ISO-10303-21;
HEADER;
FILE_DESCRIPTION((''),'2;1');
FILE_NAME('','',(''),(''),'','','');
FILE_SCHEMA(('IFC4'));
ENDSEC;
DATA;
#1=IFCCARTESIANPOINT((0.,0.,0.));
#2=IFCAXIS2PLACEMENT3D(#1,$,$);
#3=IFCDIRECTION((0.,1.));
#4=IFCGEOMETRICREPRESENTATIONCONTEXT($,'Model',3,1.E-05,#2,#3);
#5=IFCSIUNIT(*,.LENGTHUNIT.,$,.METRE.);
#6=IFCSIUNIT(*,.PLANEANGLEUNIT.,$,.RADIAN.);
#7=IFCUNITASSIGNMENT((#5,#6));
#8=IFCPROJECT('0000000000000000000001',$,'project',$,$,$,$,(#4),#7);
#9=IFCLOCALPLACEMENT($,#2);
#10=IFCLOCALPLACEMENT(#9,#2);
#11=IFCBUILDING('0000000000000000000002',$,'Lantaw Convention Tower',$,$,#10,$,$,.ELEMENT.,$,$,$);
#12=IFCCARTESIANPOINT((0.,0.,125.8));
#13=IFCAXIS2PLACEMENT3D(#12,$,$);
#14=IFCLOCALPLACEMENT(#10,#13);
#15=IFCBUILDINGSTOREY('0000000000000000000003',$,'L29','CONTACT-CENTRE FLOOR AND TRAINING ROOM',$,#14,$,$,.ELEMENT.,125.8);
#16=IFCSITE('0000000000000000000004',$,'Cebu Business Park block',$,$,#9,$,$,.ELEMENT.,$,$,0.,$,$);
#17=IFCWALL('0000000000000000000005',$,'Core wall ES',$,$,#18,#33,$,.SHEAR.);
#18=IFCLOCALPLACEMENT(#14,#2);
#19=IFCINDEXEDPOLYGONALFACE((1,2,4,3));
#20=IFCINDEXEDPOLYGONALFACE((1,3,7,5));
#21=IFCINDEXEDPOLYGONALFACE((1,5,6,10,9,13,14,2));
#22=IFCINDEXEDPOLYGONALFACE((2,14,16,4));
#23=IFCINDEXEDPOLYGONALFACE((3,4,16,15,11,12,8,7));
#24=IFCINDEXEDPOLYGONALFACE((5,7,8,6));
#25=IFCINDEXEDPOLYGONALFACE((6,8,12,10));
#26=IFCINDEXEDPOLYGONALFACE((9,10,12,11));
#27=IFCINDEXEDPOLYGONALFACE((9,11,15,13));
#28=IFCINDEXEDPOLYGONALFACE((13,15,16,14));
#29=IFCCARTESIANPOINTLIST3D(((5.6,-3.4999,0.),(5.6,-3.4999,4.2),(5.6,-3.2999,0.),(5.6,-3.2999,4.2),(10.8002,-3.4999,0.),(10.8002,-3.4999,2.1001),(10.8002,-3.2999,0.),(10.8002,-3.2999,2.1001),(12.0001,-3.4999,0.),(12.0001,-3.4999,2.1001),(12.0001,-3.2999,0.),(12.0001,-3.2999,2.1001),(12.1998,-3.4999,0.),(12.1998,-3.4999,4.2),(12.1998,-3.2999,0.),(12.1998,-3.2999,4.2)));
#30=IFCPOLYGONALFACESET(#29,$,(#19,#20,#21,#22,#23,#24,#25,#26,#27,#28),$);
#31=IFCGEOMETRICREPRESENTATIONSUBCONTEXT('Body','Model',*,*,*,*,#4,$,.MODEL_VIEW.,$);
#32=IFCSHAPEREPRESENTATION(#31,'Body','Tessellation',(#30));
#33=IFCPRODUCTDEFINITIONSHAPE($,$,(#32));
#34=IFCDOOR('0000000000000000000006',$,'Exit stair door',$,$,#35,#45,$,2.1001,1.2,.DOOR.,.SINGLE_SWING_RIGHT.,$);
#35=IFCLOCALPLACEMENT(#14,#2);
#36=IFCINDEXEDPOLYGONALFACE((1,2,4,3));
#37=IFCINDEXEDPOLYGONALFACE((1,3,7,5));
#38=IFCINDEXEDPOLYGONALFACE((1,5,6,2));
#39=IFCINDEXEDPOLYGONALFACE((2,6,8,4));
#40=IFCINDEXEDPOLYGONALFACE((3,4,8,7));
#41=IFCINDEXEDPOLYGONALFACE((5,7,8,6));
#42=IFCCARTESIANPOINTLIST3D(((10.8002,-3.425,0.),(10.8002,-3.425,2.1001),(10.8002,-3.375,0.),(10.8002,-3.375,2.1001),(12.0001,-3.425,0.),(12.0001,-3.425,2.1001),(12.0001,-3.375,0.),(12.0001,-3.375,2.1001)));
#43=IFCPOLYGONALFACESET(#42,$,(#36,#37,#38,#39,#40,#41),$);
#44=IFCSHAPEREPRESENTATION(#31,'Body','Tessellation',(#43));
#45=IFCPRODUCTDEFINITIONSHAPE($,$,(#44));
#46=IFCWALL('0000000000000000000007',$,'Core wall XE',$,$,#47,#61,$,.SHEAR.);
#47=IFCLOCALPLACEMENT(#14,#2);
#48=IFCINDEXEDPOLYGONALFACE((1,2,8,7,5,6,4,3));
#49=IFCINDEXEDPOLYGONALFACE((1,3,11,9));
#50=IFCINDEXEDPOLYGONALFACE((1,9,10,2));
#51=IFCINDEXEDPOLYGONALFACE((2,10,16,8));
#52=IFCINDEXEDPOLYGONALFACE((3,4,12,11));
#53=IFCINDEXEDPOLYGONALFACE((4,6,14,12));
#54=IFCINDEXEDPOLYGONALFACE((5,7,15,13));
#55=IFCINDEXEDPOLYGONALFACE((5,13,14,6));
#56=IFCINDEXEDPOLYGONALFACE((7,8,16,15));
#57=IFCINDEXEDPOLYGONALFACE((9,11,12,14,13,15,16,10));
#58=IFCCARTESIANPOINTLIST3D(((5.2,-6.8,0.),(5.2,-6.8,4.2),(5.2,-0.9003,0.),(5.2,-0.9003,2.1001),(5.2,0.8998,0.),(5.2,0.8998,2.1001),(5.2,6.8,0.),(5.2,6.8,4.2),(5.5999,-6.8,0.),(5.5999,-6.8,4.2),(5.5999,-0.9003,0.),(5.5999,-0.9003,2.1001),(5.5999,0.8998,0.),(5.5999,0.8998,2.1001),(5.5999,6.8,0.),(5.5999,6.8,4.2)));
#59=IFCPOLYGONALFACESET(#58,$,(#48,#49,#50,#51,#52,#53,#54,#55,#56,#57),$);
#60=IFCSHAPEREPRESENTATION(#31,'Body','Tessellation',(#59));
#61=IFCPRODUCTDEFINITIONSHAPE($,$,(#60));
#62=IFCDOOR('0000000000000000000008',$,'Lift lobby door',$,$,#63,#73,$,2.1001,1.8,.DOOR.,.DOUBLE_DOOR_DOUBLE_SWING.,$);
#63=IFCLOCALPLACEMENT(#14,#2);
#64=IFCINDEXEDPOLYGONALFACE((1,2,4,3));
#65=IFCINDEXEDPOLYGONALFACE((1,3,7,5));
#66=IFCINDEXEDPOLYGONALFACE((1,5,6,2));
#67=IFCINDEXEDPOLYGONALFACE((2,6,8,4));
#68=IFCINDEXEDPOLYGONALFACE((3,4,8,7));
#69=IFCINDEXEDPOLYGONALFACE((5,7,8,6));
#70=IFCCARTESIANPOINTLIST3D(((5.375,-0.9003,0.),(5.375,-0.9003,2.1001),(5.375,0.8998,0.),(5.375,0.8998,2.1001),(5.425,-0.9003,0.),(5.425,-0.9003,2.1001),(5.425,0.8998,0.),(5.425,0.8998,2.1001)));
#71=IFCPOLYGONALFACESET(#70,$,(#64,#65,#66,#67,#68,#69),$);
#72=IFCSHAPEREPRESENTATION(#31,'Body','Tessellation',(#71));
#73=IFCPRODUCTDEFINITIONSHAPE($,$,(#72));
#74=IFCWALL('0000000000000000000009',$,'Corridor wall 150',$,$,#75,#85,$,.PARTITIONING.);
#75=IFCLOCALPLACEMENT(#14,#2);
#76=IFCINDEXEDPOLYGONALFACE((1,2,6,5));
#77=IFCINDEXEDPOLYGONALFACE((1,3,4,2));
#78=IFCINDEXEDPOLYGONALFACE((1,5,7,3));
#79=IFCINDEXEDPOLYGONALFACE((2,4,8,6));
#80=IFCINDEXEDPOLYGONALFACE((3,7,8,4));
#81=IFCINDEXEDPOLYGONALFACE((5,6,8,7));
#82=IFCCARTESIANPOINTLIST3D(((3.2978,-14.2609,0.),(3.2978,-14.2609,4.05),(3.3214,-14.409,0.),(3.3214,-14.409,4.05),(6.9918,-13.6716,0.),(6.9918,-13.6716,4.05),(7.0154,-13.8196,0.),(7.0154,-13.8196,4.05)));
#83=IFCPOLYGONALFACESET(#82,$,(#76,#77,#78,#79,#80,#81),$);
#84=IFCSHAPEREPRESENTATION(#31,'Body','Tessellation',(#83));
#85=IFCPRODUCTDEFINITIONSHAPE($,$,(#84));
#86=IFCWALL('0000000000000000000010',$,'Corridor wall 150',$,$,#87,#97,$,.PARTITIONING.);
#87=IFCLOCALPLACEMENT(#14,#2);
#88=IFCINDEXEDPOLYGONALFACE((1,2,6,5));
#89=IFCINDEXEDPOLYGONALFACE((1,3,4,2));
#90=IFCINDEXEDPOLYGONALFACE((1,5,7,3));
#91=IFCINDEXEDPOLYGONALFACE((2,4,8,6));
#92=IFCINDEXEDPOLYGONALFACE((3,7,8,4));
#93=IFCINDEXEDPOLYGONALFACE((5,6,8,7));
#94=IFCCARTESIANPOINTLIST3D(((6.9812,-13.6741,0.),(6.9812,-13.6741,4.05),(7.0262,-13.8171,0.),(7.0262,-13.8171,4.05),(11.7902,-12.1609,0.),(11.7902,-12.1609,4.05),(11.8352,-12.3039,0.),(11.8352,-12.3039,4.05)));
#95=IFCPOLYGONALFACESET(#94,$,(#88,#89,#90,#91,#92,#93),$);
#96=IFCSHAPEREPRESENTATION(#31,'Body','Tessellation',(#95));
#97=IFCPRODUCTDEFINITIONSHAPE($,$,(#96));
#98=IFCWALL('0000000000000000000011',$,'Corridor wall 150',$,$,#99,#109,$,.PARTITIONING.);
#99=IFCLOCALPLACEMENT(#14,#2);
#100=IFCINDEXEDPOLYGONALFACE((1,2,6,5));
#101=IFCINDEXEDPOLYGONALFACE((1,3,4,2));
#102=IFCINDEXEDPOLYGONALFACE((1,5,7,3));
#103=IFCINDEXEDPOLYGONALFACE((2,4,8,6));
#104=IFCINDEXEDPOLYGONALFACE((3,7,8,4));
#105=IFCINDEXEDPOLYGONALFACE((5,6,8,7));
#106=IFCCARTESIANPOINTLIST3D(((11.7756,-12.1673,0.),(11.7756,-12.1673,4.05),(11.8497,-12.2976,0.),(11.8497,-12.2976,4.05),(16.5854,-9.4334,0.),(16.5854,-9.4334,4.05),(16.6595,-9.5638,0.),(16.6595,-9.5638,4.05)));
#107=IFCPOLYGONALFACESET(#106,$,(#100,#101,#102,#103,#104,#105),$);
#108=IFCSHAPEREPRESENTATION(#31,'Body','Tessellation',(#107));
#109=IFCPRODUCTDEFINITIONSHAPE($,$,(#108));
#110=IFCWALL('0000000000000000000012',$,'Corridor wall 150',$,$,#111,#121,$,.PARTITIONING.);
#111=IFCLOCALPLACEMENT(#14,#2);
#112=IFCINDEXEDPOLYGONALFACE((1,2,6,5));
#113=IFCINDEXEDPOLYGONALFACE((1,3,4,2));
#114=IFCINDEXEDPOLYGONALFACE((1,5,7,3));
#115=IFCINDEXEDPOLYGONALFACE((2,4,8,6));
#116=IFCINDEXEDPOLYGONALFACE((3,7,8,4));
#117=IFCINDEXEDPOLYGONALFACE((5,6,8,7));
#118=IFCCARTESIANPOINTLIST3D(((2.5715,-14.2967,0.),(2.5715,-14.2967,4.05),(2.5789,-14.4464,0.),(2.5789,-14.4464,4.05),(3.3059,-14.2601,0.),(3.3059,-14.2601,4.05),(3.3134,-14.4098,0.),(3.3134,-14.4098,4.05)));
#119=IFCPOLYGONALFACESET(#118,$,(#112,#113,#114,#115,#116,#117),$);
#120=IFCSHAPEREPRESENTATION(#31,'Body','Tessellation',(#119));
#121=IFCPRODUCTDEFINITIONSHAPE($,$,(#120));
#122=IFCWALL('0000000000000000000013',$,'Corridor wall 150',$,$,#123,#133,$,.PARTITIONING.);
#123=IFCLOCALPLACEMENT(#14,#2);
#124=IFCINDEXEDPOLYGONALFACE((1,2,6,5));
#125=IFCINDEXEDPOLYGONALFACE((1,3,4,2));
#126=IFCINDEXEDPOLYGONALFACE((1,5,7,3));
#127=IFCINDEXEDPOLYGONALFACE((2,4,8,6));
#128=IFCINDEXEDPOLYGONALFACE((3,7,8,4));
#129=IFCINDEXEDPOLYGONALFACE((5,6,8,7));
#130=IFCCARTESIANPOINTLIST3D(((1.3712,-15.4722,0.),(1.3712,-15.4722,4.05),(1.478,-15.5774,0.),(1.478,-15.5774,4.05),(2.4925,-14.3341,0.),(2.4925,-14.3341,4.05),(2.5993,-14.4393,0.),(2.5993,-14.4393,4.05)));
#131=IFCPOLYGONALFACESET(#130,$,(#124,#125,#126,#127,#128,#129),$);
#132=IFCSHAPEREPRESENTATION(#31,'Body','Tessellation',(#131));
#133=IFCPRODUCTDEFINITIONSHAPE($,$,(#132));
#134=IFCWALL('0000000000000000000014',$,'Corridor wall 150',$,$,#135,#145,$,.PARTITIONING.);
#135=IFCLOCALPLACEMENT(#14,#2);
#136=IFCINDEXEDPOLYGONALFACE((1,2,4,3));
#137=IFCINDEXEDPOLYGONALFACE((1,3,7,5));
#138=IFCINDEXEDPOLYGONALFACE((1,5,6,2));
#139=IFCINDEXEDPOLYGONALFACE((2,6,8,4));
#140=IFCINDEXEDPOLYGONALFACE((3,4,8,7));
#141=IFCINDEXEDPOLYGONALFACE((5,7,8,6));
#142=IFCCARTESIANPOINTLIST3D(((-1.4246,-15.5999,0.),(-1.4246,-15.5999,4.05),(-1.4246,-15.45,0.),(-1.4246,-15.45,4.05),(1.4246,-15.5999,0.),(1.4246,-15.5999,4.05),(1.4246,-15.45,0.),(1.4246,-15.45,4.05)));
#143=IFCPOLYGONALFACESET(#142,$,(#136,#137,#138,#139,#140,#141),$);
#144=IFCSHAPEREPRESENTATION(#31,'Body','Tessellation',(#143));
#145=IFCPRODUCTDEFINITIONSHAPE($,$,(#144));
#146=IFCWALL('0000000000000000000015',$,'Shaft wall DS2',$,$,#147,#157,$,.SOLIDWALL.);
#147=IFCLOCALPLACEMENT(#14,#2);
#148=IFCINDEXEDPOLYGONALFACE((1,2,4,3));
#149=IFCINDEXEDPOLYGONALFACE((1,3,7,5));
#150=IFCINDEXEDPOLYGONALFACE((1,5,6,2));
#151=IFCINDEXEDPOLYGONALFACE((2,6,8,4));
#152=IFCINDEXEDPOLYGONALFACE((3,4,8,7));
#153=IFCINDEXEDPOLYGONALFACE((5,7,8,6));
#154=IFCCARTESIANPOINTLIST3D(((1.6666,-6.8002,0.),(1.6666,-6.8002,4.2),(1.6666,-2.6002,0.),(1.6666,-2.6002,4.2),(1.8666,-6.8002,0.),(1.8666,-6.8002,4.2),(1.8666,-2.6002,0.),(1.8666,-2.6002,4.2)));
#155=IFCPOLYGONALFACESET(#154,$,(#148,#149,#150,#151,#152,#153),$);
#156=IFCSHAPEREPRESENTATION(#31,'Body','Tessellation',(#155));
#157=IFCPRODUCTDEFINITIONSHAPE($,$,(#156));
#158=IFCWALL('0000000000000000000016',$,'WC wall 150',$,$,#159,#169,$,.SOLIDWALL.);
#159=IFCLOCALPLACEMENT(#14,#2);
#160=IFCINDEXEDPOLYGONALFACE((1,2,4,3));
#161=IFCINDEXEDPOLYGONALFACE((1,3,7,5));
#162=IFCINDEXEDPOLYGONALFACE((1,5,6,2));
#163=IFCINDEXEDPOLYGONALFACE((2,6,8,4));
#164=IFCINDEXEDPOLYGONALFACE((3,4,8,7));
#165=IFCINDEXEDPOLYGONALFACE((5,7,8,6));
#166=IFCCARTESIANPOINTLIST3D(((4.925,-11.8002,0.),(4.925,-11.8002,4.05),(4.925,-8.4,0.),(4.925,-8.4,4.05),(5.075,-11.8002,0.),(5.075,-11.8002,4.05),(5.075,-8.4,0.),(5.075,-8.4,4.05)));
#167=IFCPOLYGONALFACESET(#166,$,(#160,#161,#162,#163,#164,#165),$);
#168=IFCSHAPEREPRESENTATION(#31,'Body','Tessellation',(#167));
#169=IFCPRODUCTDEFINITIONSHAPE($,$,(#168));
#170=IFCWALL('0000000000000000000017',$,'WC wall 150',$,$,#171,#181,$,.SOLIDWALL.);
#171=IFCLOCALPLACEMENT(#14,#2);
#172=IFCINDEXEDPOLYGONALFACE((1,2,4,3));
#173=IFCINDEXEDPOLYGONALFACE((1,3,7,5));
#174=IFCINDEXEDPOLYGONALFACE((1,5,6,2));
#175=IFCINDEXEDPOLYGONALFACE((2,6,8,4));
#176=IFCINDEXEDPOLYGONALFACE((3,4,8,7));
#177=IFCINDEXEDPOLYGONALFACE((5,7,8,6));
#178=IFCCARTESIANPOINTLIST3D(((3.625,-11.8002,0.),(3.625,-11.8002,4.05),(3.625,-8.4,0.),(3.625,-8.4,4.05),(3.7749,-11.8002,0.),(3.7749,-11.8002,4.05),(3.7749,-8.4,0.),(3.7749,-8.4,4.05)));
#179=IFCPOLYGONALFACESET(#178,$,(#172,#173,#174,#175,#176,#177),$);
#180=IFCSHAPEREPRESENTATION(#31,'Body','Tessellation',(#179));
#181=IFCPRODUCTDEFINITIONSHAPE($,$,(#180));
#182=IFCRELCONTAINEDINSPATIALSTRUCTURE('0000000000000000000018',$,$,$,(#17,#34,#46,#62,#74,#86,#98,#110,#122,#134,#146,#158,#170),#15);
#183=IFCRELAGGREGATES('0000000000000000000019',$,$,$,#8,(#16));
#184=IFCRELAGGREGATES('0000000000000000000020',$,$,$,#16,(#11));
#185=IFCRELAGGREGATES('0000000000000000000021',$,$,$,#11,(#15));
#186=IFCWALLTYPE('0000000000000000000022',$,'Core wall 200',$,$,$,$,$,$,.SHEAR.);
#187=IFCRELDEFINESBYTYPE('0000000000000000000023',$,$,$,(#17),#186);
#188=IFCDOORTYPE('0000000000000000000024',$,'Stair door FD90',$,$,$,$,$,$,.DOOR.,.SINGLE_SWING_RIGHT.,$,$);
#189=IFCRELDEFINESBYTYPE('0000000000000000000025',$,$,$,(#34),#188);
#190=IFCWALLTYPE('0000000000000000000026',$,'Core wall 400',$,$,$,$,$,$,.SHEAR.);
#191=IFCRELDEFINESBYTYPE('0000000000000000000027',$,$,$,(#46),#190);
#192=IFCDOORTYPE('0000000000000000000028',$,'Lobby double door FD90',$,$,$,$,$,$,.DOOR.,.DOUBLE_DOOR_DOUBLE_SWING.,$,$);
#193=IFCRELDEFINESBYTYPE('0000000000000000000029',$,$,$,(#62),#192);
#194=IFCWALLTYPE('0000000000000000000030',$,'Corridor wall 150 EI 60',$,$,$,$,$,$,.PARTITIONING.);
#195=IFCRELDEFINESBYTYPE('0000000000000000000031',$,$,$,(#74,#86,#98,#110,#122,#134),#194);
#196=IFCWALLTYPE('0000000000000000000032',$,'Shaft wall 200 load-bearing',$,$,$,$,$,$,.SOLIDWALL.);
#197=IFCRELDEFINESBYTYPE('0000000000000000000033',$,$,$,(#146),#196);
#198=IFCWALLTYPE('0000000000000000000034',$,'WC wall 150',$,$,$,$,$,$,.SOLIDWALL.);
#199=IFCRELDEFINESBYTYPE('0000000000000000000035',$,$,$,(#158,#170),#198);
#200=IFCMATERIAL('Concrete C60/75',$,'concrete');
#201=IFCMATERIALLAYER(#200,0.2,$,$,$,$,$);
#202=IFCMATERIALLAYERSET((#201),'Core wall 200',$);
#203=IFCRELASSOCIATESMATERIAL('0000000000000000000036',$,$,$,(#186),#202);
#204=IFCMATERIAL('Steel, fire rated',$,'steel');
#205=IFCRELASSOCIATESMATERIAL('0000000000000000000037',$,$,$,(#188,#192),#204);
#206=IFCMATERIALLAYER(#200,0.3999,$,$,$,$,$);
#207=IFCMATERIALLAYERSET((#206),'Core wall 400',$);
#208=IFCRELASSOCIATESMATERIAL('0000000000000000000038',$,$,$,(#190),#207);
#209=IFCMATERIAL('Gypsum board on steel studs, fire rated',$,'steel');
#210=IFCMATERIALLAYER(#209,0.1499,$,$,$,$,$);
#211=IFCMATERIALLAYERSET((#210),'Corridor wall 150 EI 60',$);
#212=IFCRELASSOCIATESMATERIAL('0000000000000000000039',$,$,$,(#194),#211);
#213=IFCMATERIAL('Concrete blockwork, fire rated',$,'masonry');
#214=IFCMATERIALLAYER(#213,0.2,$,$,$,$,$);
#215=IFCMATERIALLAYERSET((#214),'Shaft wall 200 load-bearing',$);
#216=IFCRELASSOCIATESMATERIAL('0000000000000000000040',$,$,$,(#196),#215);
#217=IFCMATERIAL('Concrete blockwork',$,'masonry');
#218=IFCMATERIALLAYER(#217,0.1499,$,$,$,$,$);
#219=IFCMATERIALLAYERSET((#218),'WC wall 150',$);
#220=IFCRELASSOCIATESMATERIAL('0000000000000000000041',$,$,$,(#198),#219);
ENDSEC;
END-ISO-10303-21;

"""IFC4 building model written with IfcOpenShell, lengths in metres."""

from ifc_helpers import new_model, si_unit, direction, frame, frame_2d, origin, place, context, subcontext, project, spatial, rectangle, extrude, material, layer, layer_set, type_object, element, fill, save


model = new_model("IFC4")

# Units and contexts
model_context = context("Model", 3, precision=1e-05, world=origin(), true_north=direction((0.0, 1.0)))
body_context = subcontext(model_context, "Body", "Model", "MODEL_VIEW")
ifc_project = project(units=[si_unit("LENGTHUNIT", "METRE"), si_unit("PLANEANGLEUNIT", "RADIAN")], contexts=[model_context])

# Site, building, storey
site_placement = place(None, origin())
site = spatial("IfcSite", under=ifc_project, at=site_placement, Name="Cebu Business Park block", CompositionType="ELEMENT", RefElevation=0.0)
building_placement = place(site_placement, origin())
building = spatial("IfcBuilding", under=site, at=building_placement, Name="Lantaw Convention Tower", CompositionType="ELEMENT")
storey_placement = place(building_placement, frame((0.0, 0.0, 125.8)))
storey = spatial("IfcBuildingStorey", under=building, at=storey_placement, Name="L29", Description="CONTACT-CENTRE FLOOR AND TRAINING ROOM", CompositionType="ELEMENT", Elevation=125.8)

# Walls, openings, doors
ifc_material_1 = material(Name="Concrete C60/75", Category="concrete")
ifc_layer_1 = layer(ifc_material_1, 0.2)
ifc_layer_set_1 = layer_set([ifc_layer_1], Name="Core wall 200")
wall_type_1 = type_object("IfcWallType", Name="Core wall 200", PredefinedType="SHEAR", material=ifc_layer_set_1)
wall_1_placement = place(storey_placement, frame((5.6001, -3.3999, 0.0), z_axis=(0.0, 0.0, 1.0), x_axis=(1.0, 0.0, 0.0)))
wall_1 = element("IfcWall", 1, at=wall_1_placement, inside=storey, type_object=wall_type_1, Name="Core wall ES", PredefinedType="SHEAR", context=body_context, shape_type="SweptSolid", body=[
    extrude(rectangle(XDim=6.5999, YDim=0.2, at=frame_2d((3.2998, 0.0))), origin(), (0.0, 0.0, 1.0), 4.2),
])
opening_1_placement = place(wall_1_placement, frame((5.2, 0.0, 0.0)))
opening_1 = element("IfcOpeningElement", 2, at=opening_1_placement, cuts=wall_1, PredefinedType="OPENING", context=body_context, shape_type="SweptSolid", body=[
    extrude(rectangle(XDim=1.2, YDim=2.1001, at=frame_2d((0.6001, 1.05))), frame((0.0, 0.1099, 0.0), z_axis=(0.0, -1.0, 0.0), x_axis=(1.0, 0.0, 0.0)), (0.0, 0.0, 1.0), 0.22),
])
ifc_material_2 = material(Name="Steel, fire rated", Category="steel")
door_type_1 = type_object("IfcDoorType", Name="Stair door FD90", OperationType="SINGLE_SWING_RIGHT", PredefinedType="DOOR", material=ifc_material_2)
door_1_placement = place(opening_1_placement, origin())
door_1 = element("IfcDoor", 3, at=door_1_placement, inside=storey, type_object=door_type_1, Name="Exit stair door", OperationType="SINGLE_SWING_RIGHT", OverallHeight=2.1001, OverallWidth=1.2, PredefinedType="DOOR", context=body_context, shape_type="SweptSolid", body=[
    extrude(rectangle(XDim=1.2, YDim=2.1001, at=frame_2d((0.6001, 1.05))), frame((0.0, 0.0249, 0.0), z_axis=(0.0, -1.0, 0.0), x_axis=(1.0, 0.0, 0.0)), (0.0, 0.0, 1.0), 0.05),
])
fill(opening_1, door_1)
ifc_layer_2 = layer(ifc_material_1, 0.3999)
ifc_layer_set_2 = layer_set([ifc_layer_2], Name="Core wall 400")
wall_type_2 = type_object("IfcWallType", Name="Core wall 400", PredefinedType="SHEAR", material=ifc_layer_set_2)
wall_2_placement = place(storey_placement, frame((5.3999, -6.8, 0.0), z_axis=(0.0, 0.0, 1.0), x_axis=(0.0, 1.0, 0.0)))
wall_2 = element("IfcWall", 4, at=wall_2_placement, inside=storey, type_object=wall_type_2, Name="Core wall XE", PredefinedType="SHEAR", context=body_context, shape_type="SweptSolid", body=[
    extrude(rectangle(XDim=13.6001, YDim=0.3999, at=frame_2d((6.8, 0.0))), origin(), (0.0, 0.0, 1.0), 4.2),
])
opening_2_placement = place(wall_2_placement, frame((5.8999, 0.0, 0.0)))
opening_2 = element("IfcOpeningElement", 5, at=opening_2_placement, cuts=wall_2, PredefinedType="OPENING", context=body_context, shape_type="SweptSolid", body=[
    extrude(rectangle(XDim=1.8, YDim=2.1001, at=frame_2d((0.8999, 1.05))), frame((0.0, 0.21, 0.0), z_axis=(0.0, -1.0, 0.0), x_axis=(1.0, 0.0, 0.0)), (0.0, 0.0, 1.0), 0.4199),
])
door_type_2 = type_object("IfcDoorType", Name="Lobby double door FD90", OperationType="DOUBLE_DOOR_DOUBLE_SWING", PredefinedType="DOOR", material=ifc_material_2)
door_2_placement = place(opening_2_placement, origin())
door_2 = element("IfcDoor", 6, at=door_2_placement, inside=storey, type_object=door_type_2, Name="Lift lobby door", OperationType="DOUBLE_DOOR_DOUBLE_SWING", OverallHeight=2.1001, OverallWidth=1.8, PredefinedType="DOOR", context=body_context, shape_type="SweptSolid", body=[
    extrude(rectangle(XDim=1.8, YDim=2.1001, at=frame_2d((0.8999, 1.05))), frame((0.0, 0.0249, 0.0), z_axis=(0.0, -1.0, 0.0), x_axis=(1.0, 0.0, 0.0)), (0.0, 0.0, 1.0), 0.05),
])
fill(opening_2, door_2)

# Walls
ifc_material_3 = material(Name="Gypsum board on steel studs, fire rated", Category="steel")
ifc_layer_3 = layer(ifc_material_3, 0.1499)
ifc_layer_set_3 = layer_set([ifc_layer_3], Name="Corridor wall 150 EI 60")
wall_type_3 = type_object("IfcWallType", Name="Corridor wall 150 EI 60", PredefinedType="PARTITIONING", material=ifc_layer_set_3)
wall_3_placement = place(storey_placement, frame((3.3096, -14.335, 0.0), z_axis=(0.0, 0.0, 1.0), x_axis=(0.987511, 0.157548, 0.0)))
element("IfcWall", 7, at=wall_3_placement, inside=storey, type_object=wall_type_3, Name="Corridor wall 150", PredefinedType="PARTITIONING", context=body_context, shape_type="SweptSolid", body=[
    extrude(rectangle(XDim=3.7407, YDim=0.1499, at=frame_2d((1.8704, 0.0))), origin(), (0.0, 0.0, 1.0), 4.05),
])
wall_4_placement = place(storey_placement, frame((7.0037, -13.7456, 0.0), z_axis=(0.0, 0.0, 1.0), x_axis=(0.953894, 0.300144, 0.0)))
element("IfcWall", 8, at=wall_4_placement, inside=storey, type_object=wall_type_3, Name="Corridor wall 150", PredefinedType="PARTITIONING", context=body_context, shape_type="SweptSolid", body=[
    extrude(rectangle(XDim=5.0415, YDim=0.1499, at=frame_2d((2.5208, 0.0))), origin(), (0.0, 0.0, 1.0), 4.05),
])
wall_5_placement = place(storey_placement, frame((11.8127, -12.2324, 0.0), z_axis=(0.0, 0.0, 1.0), x_axis=(0.869376, 0.494151, 0.0)))
element("IfcWall", 9, at=wall_5_placement, inside=storey, type_object=wall_type_3, Name="Corridor wall 150", PredefinedType="PARTITIONING", context=body_context, shape_type="SweptSolid", body=[
    extrude(rectangle(XDim=5.5325, YDim=0.1499, at=frame_2d((2.7661, 0.0))), origin(), (0.0, 0.0, 1.0), 4.05),
])
wall_6_placement = place(storey_placement, frame((2.5752, -14.3716, 0.0), z_axis=(0.0, 0.0, 1.0), x_axis=(0.998759, 0.049805, 0.0)))
element("IfcWall", 10, at=wall_6_placement, inside=storey, type_object=wall_type_3, Name="Corridor wall 150", PredefinedType="PARTITIONING", context=body_context, shape_type="SweptSolid", body=[
    extrude(rectangle(XDim=0.7354, YDim=0.1499, at=frame_2d((0.3677, 0.0))), origin(), (0.0, 0.0, 1.0), 4.05),
])
wall_7_placement = place(storey_placement, frame((2.5459, -14.3867, 0.0), z_axis=(0.0, 0.0, 1.0), x_axis=(-0.701815, -0.712359, 0.0)))
element("IfcWall", 11, at=wall_7_placement, inside=storey, type_object=wall_type_3, Name="Corridor wall 150", PredefinedType="PARTITIONING", context=body_context, shape_type="SweptSolid", body=[
    extrude(rectangle(XDim=1.5977, YDim=0.1499, at=frame_2d((0.7988, 0.0))), origin(), (0.0, 0.0, 1.0), 4.05),
])
wall_8_placement = place(storey_placement, frame((1.4246, -15.5249, 0.0), z_axis=(0.0, 0.0, 1.0), x_axis=(-1.0, 0.0, 0.0)))
element("IfcWall", 12, at=wall_8_placement, inside=storey, type_object=wall_type_3, Name="Corridor wall 150", PredefinedType="PARTITIONING", context=body_context, shape_type="SweptSolid", body=[
    extrude(rectangle(XDim=2.8491, YDim=0.1499, at=frame_2d((1.4246, 0.0))), origin(), (0.0, 0.0, 1.0), 4.05),
])
ifc_material_4 = material(Name="Concrete blockwork, fire rated", Category="masonry")
ifc_layer_4 = layer(ifc_material_4, 0.2)
ifc_layer_set_4 = layer_set([ifc_layer_4], Name="Shaft wall 200 load-bearing")
wall_type_4 = type_object("IfcWallType", Name="Shaft wall 200 load-bearing", PredefinedType="SOLIDWALL", material=ifc_layer_set_4)
wall_9_placement = place(storey_placement, frame((1.7666, -2.6001, 0.0), z_axis=(0.0, 0.0, 1.0), x_axis=(0.0, -1.0, 0.0)))
element("IfcWall", 13, at=wall_9_placement, inside=storey, type_object=wall_type_4, Name="Shaft wall DS2", PredefinedType="SOLIDWALL", context=body_context, shape_type="SweptSolid", body=[
    extrude(rectangle(XDim=4.2, YDim=0.2, at=frame_2d((2.1001, 0.0))), origin(), (0.0, 0.0, 1.0), 4.2),
])
ifc_material_5 = material(Name="Concrete blockwork", Category="masonry")
ifc_layer_5 = layer(ifc_material_5, 0.1499)
ifc_layer_set_5 = layer_set([ifc_layer_5], Name="WC wall 150")
wall_type_5 = type_object("IfcWallType", Name="WC wall 150", PredefinedType="SOLIDWALL", material=ifc_layer_set_5)
for number, where, z_axis, x_axis, name in (
    (14, (5.0, -8.3999, 0.0), (0.0, 0.0, 1.0), (0.0, -1.0, 0.0), "WC wall 150"),
    (15, (3.7, -8.3999, 0.0), (0.0, 0.0, 1.0), (0.0, -1.0, 0.0), "WC wall 150"),
):
    element("IfcWall", number, at=place(storey_placement, frame(where, z_axis=z_axis, x_axis=x_axis)), inside=storey, type_object=wall_type_5, Name=name, PredefinedType="SOLIDWALL", context=body_context, shape_type="SweptSolid", body=[
        extrude(rectangle(XDim=3.4001, YDim=0.1499, at=frame_2d((1.7002, 0.0))), origin(), (0.0, 0.0, 1.0), 4.05),
    ])

save(model, "model.ifc")
